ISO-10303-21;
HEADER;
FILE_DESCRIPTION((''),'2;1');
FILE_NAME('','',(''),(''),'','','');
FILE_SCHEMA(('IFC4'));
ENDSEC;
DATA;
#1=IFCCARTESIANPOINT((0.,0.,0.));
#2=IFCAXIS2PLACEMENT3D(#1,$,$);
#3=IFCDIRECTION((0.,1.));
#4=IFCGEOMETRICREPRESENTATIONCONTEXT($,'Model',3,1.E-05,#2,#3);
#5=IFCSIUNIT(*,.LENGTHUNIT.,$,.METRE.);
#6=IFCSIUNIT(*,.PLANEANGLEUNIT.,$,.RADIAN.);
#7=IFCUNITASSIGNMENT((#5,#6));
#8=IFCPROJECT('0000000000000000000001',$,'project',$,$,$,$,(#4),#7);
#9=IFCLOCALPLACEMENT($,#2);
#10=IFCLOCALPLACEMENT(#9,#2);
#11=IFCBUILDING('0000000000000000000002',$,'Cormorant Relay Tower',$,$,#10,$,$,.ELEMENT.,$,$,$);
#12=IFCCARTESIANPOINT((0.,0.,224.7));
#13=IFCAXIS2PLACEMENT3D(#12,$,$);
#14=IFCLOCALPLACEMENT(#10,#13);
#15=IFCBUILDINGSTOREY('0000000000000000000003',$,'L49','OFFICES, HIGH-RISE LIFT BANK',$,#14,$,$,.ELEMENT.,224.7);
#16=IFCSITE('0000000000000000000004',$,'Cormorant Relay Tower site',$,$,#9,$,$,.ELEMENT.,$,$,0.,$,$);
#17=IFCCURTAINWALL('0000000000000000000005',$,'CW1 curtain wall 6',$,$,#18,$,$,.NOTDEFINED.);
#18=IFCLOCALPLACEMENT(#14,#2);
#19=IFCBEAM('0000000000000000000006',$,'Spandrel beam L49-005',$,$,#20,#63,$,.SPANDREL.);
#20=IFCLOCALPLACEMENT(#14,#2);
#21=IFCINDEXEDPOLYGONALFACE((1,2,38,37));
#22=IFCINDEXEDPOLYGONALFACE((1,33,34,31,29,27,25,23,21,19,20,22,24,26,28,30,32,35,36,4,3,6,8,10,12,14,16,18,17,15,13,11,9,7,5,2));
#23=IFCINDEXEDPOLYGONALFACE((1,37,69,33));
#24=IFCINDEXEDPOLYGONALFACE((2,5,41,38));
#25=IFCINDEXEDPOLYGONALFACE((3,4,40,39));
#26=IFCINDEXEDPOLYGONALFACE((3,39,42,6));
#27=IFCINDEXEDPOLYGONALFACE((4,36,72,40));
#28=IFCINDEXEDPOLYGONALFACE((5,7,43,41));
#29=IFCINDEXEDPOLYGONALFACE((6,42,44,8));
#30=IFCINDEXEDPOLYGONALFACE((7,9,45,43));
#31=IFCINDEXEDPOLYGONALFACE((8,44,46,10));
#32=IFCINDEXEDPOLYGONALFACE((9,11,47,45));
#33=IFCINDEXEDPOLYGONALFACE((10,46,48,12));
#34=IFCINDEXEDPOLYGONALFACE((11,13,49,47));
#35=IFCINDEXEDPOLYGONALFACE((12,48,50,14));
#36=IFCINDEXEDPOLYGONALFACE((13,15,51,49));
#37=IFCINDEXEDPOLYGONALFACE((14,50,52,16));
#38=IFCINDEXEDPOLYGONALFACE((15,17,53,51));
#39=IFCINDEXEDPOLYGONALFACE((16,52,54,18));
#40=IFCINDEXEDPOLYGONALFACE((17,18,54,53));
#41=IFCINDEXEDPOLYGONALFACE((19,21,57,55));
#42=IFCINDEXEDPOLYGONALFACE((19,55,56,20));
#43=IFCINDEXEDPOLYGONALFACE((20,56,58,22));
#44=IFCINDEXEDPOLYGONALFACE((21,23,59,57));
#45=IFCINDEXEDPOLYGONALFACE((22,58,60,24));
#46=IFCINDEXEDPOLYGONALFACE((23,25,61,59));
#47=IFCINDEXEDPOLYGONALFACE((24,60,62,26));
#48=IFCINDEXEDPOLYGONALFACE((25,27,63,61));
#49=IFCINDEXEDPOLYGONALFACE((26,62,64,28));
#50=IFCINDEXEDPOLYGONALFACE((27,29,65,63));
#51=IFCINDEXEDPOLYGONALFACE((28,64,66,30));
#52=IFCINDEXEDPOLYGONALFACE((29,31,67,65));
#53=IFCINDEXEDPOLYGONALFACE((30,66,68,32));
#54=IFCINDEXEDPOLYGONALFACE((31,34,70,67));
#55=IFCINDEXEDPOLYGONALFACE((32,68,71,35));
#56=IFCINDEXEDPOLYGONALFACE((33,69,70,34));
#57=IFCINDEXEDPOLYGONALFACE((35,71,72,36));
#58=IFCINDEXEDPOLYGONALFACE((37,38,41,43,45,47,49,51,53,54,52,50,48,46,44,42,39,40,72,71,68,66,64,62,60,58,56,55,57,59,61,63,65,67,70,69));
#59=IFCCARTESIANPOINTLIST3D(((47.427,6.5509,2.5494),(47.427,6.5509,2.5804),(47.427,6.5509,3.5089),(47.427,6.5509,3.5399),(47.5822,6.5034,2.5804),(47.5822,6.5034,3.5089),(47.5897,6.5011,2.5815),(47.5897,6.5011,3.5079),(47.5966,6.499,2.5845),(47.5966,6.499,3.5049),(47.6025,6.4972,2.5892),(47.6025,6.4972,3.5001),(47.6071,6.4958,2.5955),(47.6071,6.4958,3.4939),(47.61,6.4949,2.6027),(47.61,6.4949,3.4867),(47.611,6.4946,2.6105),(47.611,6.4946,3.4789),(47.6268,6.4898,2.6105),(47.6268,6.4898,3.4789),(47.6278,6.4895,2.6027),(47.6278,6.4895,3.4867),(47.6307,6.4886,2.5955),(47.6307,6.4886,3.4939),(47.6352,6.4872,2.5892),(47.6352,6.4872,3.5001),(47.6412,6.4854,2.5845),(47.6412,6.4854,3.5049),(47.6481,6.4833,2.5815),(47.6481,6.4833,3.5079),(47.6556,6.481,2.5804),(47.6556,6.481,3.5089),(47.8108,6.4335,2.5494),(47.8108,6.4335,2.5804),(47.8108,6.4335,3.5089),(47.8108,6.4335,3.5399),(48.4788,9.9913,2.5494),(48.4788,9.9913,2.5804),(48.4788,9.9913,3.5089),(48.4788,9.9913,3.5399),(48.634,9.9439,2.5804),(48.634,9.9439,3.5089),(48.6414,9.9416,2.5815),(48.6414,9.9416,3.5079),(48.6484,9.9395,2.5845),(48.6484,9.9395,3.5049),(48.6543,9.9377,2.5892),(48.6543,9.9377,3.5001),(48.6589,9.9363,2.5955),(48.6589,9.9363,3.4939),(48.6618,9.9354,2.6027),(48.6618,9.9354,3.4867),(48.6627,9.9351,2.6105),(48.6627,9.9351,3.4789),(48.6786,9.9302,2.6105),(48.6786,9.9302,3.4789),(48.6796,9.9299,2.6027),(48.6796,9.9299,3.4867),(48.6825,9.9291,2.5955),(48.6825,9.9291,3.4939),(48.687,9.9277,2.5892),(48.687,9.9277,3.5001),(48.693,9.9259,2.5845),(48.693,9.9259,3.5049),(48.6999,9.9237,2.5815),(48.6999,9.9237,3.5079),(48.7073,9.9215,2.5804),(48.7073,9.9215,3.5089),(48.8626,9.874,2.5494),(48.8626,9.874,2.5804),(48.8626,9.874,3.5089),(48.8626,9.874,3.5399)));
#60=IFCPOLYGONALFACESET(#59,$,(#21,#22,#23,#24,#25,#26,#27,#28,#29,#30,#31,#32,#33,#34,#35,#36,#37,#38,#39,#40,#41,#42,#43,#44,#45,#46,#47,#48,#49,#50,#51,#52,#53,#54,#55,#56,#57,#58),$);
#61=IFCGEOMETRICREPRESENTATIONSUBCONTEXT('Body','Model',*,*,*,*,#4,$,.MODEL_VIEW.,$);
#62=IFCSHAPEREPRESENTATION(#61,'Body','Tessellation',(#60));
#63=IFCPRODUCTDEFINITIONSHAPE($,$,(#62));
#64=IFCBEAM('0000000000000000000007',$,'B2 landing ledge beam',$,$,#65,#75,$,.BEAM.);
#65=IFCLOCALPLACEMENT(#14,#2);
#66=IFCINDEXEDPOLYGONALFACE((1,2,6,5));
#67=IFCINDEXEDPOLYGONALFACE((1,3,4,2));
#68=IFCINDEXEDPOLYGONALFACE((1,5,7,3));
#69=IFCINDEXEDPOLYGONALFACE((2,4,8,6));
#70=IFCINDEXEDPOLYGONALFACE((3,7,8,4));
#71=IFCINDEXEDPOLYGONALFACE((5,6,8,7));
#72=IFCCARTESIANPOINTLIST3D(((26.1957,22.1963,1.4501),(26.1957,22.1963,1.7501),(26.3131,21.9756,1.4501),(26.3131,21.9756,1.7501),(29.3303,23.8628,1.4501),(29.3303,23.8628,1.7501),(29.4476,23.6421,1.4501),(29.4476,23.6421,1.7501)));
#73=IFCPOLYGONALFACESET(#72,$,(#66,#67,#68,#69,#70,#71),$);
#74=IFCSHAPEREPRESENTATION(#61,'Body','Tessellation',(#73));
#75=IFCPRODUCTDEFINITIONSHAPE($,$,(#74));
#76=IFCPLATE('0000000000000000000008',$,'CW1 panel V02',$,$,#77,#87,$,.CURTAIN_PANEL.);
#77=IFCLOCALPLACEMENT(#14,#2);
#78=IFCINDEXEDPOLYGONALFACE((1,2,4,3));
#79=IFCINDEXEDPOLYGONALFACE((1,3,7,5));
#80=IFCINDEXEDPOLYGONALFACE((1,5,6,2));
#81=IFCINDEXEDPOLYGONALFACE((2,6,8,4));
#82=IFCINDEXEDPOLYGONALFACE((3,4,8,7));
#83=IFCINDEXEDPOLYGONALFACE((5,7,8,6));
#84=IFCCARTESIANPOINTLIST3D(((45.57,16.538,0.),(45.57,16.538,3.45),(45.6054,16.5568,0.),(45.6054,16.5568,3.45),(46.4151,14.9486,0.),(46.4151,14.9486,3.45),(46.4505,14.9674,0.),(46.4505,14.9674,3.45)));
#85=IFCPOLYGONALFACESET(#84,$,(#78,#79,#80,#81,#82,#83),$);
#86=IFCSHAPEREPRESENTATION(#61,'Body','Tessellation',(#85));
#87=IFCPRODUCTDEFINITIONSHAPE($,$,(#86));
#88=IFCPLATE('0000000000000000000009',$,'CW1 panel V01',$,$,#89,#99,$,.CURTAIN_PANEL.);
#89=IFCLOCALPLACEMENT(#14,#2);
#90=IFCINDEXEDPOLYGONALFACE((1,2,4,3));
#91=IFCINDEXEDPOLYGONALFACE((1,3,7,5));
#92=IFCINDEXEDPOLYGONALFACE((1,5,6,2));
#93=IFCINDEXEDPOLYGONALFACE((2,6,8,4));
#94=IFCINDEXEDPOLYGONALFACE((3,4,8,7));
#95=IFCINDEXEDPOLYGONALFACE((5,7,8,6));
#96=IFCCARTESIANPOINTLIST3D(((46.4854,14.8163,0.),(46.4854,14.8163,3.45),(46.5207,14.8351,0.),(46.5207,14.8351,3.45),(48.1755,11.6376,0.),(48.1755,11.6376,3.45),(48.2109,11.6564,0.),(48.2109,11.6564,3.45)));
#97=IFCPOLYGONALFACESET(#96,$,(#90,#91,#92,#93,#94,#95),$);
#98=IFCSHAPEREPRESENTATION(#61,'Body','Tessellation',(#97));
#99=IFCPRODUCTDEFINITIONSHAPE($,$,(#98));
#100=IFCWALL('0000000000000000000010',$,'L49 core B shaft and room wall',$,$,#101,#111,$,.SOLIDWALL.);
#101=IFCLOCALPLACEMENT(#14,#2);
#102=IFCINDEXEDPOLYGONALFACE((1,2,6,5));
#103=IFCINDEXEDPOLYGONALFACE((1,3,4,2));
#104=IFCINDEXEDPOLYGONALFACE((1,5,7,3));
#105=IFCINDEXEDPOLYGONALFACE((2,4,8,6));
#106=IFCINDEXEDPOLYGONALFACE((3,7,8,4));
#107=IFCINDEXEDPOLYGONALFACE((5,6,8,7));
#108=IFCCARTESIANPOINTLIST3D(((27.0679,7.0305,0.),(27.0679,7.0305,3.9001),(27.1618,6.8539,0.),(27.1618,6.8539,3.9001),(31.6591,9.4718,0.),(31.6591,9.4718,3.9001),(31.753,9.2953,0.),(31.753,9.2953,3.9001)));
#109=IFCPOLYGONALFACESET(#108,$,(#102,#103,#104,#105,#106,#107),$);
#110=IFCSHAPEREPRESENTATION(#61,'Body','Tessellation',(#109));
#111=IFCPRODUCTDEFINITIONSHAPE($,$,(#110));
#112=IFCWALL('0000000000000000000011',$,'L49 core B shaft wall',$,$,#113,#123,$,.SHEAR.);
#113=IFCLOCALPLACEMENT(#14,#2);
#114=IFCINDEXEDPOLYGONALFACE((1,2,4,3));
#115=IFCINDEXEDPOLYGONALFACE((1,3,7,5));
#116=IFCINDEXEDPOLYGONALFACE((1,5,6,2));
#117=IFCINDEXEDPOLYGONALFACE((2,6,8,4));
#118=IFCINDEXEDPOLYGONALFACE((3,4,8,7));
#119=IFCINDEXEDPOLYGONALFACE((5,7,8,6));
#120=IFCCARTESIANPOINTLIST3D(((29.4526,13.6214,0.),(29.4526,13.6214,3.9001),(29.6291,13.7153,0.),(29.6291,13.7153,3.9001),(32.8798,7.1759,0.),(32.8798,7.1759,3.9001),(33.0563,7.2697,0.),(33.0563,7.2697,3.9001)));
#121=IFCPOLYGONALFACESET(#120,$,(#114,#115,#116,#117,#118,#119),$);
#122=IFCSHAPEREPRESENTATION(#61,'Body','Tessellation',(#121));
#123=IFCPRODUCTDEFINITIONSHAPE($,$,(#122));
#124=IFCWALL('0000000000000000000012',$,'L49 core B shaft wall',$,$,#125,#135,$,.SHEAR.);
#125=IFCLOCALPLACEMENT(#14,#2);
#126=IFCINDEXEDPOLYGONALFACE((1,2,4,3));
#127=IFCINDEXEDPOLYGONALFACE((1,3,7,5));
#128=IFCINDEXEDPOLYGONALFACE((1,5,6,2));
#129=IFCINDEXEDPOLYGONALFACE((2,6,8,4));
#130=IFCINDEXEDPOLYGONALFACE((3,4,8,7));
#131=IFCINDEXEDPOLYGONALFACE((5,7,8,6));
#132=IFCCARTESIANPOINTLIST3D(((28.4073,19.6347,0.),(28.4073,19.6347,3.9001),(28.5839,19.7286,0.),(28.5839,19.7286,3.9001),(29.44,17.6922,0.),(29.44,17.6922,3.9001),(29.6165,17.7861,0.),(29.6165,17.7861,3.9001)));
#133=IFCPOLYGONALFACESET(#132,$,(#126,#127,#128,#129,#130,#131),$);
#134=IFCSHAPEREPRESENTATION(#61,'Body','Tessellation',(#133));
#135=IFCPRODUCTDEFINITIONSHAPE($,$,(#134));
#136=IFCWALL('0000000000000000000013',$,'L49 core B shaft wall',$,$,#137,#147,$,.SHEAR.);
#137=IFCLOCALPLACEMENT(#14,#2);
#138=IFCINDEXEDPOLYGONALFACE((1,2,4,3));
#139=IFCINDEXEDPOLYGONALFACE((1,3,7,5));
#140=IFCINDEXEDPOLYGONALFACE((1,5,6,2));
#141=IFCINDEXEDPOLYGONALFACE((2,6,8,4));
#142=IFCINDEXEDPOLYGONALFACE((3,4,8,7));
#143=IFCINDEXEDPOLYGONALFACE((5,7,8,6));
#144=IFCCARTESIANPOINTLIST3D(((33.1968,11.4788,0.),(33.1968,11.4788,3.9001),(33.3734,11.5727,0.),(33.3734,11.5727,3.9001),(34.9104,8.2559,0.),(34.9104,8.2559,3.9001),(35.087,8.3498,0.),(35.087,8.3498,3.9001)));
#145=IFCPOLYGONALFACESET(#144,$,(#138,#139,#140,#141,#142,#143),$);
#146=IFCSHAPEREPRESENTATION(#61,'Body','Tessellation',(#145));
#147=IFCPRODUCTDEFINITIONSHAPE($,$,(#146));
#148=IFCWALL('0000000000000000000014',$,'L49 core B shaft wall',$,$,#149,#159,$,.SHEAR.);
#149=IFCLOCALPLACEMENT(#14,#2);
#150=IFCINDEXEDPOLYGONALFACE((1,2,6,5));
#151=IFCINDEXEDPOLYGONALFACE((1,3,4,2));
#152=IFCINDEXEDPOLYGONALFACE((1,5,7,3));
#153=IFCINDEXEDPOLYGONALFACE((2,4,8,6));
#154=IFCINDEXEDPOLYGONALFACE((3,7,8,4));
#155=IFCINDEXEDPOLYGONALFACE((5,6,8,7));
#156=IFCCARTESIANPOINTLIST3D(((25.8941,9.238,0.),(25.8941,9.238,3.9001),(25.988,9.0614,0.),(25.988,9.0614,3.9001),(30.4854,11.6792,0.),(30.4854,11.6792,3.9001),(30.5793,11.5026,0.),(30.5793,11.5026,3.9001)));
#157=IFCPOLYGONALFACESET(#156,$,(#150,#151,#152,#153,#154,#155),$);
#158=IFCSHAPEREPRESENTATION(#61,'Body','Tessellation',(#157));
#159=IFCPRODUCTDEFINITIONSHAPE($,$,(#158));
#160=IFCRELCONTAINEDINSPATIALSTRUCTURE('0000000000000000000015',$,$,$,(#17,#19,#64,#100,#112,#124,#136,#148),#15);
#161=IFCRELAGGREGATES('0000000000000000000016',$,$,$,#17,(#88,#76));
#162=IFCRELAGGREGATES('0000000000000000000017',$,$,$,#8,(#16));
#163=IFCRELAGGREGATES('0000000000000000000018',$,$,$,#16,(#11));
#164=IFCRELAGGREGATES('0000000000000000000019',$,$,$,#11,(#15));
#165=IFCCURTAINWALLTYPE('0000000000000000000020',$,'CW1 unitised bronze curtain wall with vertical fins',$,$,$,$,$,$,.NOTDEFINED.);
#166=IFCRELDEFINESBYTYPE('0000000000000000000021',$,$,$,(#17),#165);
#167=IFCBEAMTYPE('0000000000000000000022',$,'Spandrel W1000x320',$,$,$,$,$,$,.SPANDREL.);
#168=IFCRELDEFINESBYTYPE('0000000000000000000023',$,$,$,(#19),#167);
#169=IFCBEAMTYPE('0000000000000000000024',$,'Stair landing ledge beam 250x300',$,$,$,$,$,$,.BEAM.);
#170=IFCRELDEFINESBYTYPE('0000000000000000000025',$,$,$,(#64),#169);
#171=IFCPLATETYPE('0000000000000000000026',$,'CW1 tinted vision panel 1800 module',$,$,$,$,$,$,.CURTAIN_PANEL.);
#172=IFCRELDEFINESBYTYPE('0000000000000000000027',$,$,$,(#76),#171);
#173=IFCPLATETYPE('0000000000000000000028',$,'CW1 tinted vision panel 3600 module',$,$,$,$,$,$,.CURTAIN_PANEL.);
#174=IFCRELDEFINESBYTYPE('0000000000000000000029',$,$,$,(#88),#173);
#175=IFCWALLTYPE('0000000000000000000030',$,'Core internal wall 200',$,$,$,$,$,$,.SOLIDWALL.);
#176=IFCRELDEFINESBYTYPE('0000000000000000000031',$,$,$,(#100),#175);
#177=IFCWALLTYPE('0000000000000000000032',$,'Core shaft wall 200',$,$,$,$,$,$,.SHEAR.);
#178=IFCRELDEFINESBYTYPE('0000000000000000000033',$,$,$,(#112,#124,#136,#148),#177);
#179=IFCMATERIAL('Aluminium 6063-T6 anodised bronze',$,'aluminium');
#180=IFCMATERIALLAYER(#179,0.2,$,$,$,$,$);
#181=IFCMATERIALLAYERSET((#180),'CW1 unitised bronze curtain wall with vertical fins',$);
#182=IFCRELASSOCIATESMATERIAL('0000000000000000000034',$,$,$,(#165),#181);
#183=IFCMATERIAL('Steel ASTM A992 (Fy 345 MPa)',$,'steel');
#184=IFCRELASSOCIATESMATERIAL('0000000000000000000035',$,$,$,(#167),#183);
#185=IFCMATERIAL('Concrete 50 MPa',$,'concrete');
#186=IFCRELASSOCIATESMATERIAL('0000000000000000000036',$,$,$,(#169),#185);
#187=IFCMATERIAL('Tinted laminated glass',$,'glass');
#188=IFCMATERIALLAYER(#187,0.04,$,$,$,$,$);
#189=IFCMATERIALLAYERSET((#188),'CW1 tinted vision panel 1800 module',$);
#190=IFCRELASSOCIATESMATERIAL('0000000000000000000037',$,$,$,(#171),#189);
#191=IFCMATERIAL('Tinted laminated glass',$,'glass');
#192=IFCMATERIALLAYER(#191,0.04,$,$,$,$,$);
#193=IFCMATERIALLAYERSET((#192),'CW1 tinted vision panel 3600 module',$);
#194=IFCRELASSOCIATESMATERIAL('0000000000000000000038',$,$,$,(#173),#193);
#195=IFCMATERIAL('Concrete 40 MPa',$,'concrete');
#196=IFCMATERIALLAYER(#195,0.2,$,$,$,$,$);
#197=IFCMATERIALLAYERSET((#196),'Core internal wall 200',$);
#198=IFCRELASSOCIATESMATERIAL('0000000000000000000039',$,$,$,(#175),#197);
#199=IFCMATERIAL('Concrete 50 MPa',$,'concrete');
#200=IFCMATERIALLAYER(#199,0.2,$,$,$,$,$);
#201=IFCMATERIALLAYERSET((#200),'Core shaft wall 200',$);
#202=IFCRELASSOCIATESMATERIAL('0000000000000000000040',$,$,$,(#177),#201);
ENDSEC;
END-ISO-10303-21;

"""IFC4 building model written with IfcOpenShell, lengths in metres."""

from ifc_helpers import new_model, si_unit, direction, frame, frame_2d, origin, origin_2d, place, context, subcontext, project, spatial, rectangle, i_section, extrude, material, layer, layer_set, material_profile, profile_set, type_object, element, aggregate, save


model = new_model("IFC4")

# Units and contexts
model_context = context("Model", 3, precision=1e-05, world=origin(), true_north=direction((0.0, 1.0)))
body_context = subcontext(model_context, "Body", "Model", "MODEL_VIEW")
ifc_project = project(units=[si_unit("LENGTHUNIT", "METRE"), si_unit("PLANEANGLEUNIT", "RADIAN")], contexts=[model_context])

# Site, building, storey
site_placement = place(None, origin())
site = spatial("IfcSite", under=ifc_project, at=site_placement, Name="Cormorant Relay Tower site", CompositionType="ELEMENT", RefElevation=0.0)
building_placement = place(site_placement, origin())
building = spatial("IfcBuilding", under=site, at=building_placement, Name="Cormorant Relay Tower", CompositionType="ELEMENT")
storey_placement = place(building_placement, frame((0.0, 0.0, 224.7)))
storey = spatial("IfcBuildingStorey", under=building, at=storey_placement, Name="L49", Description="OFFICES, HIGH-RISE LIFT BANK", CompositionType="ELEMENT", Elevation=224.7)

# Curtain wall
ifc_material_1 = material(Name="Aluminium 6063-T6 anodised bronze", Category="aluminium")
ifc_layer_1 = layer(ifc_material_1, 0.2)
ifc_layer_set_1 = layer_set([ifc_layer_1], Name="CW1 unitised bronze curtain wall with vertical fins")
curtain_wall_type = type_object("IfcCurtainWallType", Name="CW1 unitised bronze curtain wall with vertical fins", PredefinedType="NOTDEFINED", material=ifc_layer_set_1)
curtain_wall_1_placement = place(storey_placement, origin())
curtain_wall_1 = element("IfcCurtainWall", 1, at=curtain_wall_1_placement, inside=storey, type_object=curtain_wall_type, Name="CW1 curtain wall 6", PredefinedType="NOTDEFINED")

# Beams
ifc_material_2 = material(Name="Steel ASTM A992 (Fy 345 MPa)", Category="steel")
ifc_material_profile_1 = material_profile(ifc_material_2, i_section(OverallWidth=0.4014, OverallDepth=0.9905, WebThickness=0.0166, FlangeThickness=0.031, FilletRadius=0.03, at=origin_2d()), Name="W1000x320")
ifc_profile_set_1 = profile_set([ifc_material_profile_1], Name="Steel ASTM A992 (Fy 345 MPa)")
beam_type_1 = type_object("IfcBeamType", Name="Spandrel W1000x320", PredefinedType="SPANDREL", material=ifc_profile_set_1)
beam_1_placement = place(storey_placement, frame((47.6189, 6.4922, 3.0447), z_axis=(0.29235, 0.956312, 0.0), x_axis=(-0.956312, 0.29235, 0.0)))
element("IfcBeam", 2, at=beam_1_placement, inside=storey, type_object=beam_type_1, Name="Spandrel beam L49-005", PredefinedType="SPANDREL", context=body_context, shape_type="SweptSolid", body=[
    extrude(i_section(OverallWidth=0.4014, OverallDepth=0.9905, WebThickness=0.0166, FlangeThickness=0.031, FilletRadius=0.03, at=origin_2d()), origin(), (0.0, 0.0, 1.0), 3.5977),
])
ifc_material_3 = material(Name="Concrete 50 MPa", Category="concrete")
ifc_material_profile_2 = material_profile(ifc_material_3, rectangle(XDim=0.25, YDim=0.3, at=origin_2d()), Name="RC 250x300")
ifc_profile_set_2 = profile_set([ifc_material_profile_2], Name="Concrete 50 MPa")
beam_type_2 = type_object("IfcBeamType", Name="Stair landing ledge beam 250x300", PredefinedType="BEAM", material=ifc_profile_set_2)
beam_2_placement = place(storey_placement, frame((26.2544, 22.0859, 1.6001), z_axis=(0.882965, 0.469438, 0.0), x_axis=(-0.469438, 0.882965, 0.0)))
element("IfcBeam", 3, at=beam_2_placement, inside=storey, type_object=beam_type_2, Name="B2 landing ledge beam", PredefinedType="BEAM", context=body_context, shape_type="SweptSolid", body=[
    extrude(rectangle(XDim=0.25, YDim=0.3, at=origin_2d()), origin(), (0.0, 0.0, 1.0), 3.55),
])

# Plates
ifc_material_4 = material(Name="Tinted laminated glass", Category="glass")
ifc_layer_2 = layer(ifc_material_4, 0.04)
ifc_layer_set_2 = layer_set([ifc_layer_2], Name="CW1 tinted vision panel 1800 module")
plate_type_1 = type_object("IfcPlateType", Name="CW1 tinted vision panel 1800 module", PredefinedType="CURTAIN_PANEL", material=ifc_layer_set_2)
plate_1_placement = place(storey_placement, frame((46.0103, 15.7527, 0.0), z_axis=(0.0, 0.0, 1.0), x_axis=(-0.469472, 0.882948, 0.0)))
plate_1 = element("IfcPlate", 4, at=plate_1_placement, type_object=plate_type_1, Name="CW1 panel V02", PredefinedType="CURTAIN_PANEL", context=body_context, shape_type="SweptSolid", body=[
    extrude(rectangle(XDim=1.8, YDim=0.04, at=origin_2d()), origin(), (0.0, 0.0, 1.0), 3.45),
])
ifc_material_5 = material(Name="Tinted laminated glass", Category="glass")
ifc_layer_3 = layer(ifc_material_5, 0.04)
ifc_layer_set_3 = layer_set([ifc_layer_3], Name="CW1 tinted vision panel 3600 module")
plate_type_2 = type_object("IfcPlateType", Name="CW1 tinted vision panel 3600 module", PredefinedType="CURTAIN_PANEL", material=ifc_layer_set_3)
plate_2_placement = place(storey_placement, frame((47.3481, 13.2363, 0.0), z_axis=(0.0, 0.0, 1.0), x_axis=(-0.469472, 0.882948, 0.0)))
plate_2 = element("IfcPlate", 5, at=plate_2_placement, type_object=plate_type_2, Name="CW1 panel V01", PredefinedType="CURTAIN_PANEL", context=body_context, shape_type="SweptSolid", body=[
    extrude(rectangle(XDim=3.6001, YDim=0.04, at=origin_2d()), origin(), (0.0, 0.0, 1.0), 3.45),
])

# Walls
ifc_material_6 = material(Name="Concrete 40 MPa", Category="concrete")
ifc_layer_4 = layer(ifc_material_6, 0.2)
ifc_layer_set_4 = layer_set([ifc_layer_4], Name="Core internal wall 200")
wall_type_1 = type_object("IfcWallType", Name="Core internal wall 200", PredefinedType="SOLIDWALL", material=ifc_layer_set_4)
wall_1_placement = place(storey_placement, frame((27.1147, 6.9421, 0.0), z_axis=(0.0, 0.0, 1.0), x_axis=(0.882935, 0.469496, 0.0)))
element("IfcWall", 6, at=wall_1_placement, inside=storey, type_object=wall_type_1, Name="L49 core B shaft and room wall", PredefinedType="SOLIDWALL", context=body_context, shape_type="SweptSolid", body=[
    extrude(rectangle(XDim=5.2, YDim=0.2, at=frame_2d((2.6001, 0.0))), origin(), (0.0, 0.0, 1.0), 3.9001),
])
ifc_material_7 = material(Name="Concrete 50 MPa", Category="concrete")
ifc_layer_5 = layer(ifc_material_7, 0.2)
ifc_layer_set_5 = layer_set([ifc_layer_5], Name="Core shaft wall 200")
wall_type_2 = type_object("IfcWallType", Name="Core shaft wall 200", PredefinedType="SHEAR", material=ifc_layer_set_5)
wall_2_placement = place(storey_placement, frame((32.968, 7.2229, 0.0), z_axis=(0.0, 0.0, 1.0), x_axis=(-0.46948, 0.882943, 0.0)))
element("IfcWall", 7, at=wall_2_placement, inside=storey, type_object=wall_type_2, Name="L49 core B shaft wall", PredefinedType="SHEAR", context=body_context, shape_type="SweptSolid", body=[
    extrude(rectangle(XDim=7.3, YDim=0.2, at=frame_2d((3.6499, 0.0))), origin(), (0.0, 0.0, 1.0), 3.9001),
])
wall_3_placement = place(storey_placement, frame((29.5283, 17.739, 0.0), z_axis=(0.0, 0.0, 1.0), x_axis=(-0.469401, 0.882985, 0.0)))
element("IfcWall", 8, at=wall_3_placement, inside=storey, type_object=wall_type_2, Name="L49 core B shaft wall", PredefinedType="SHEAR", context=body_context, shape_type="SweptSolid", body=[
    extrude(rectangle(XDim=2.2, YDim=0.2, at=frame_2d((1.1001, 0.0))), origin(), (0.0, 0.0, 1.0), 3.9001),
])
wall_4_placement = place(storey_placement, frame((34.9988, 8.3027, 0.0), z_axis=(0.0, 0.0, 1.0), x_axis=(-0.469467, 0.88295, 0.0)))
element("IfcWall", 9, at=wall_4_placement, inside=storey, type_object=wall_type_2, Name="L49 core B shaft wall", PredefinedType="SHEAR", context=body_context, shape_type="SweptSolid", body=[
    extrude(rectangle(XDim=3.6501, YDim=0.2, at=frame_2d((1.8252, 0.0))), origin(), (0.0, 0.0, 1.0), 3.9001),
])

# Wall
wall_5_placement = place(storey_placement, frame((25.9409, 9.1497, 0.0), z_axis=(0.0, 0.0, 1.0), x_axis=(0.882954, 0.46946, 0.0)))
element("IfcWall", 10, at=wall_5_placement, inside=storey, type_object=wall_type_2, Name="L49 core B shaft wall", PredefinedType="SHEAR", context=body_context, shape_type="SweptSolid", body=[
    extrude(rectangle(XDim=5.2, YDim=0.2, at=frame_2d((2.6001, 0.0))), origin(), (0.0, 0.0, 1.0), 3.9001),
])

aggregate(curtain_wall_1, [plate_2, plate_1])

save(model, "model.ifc")
